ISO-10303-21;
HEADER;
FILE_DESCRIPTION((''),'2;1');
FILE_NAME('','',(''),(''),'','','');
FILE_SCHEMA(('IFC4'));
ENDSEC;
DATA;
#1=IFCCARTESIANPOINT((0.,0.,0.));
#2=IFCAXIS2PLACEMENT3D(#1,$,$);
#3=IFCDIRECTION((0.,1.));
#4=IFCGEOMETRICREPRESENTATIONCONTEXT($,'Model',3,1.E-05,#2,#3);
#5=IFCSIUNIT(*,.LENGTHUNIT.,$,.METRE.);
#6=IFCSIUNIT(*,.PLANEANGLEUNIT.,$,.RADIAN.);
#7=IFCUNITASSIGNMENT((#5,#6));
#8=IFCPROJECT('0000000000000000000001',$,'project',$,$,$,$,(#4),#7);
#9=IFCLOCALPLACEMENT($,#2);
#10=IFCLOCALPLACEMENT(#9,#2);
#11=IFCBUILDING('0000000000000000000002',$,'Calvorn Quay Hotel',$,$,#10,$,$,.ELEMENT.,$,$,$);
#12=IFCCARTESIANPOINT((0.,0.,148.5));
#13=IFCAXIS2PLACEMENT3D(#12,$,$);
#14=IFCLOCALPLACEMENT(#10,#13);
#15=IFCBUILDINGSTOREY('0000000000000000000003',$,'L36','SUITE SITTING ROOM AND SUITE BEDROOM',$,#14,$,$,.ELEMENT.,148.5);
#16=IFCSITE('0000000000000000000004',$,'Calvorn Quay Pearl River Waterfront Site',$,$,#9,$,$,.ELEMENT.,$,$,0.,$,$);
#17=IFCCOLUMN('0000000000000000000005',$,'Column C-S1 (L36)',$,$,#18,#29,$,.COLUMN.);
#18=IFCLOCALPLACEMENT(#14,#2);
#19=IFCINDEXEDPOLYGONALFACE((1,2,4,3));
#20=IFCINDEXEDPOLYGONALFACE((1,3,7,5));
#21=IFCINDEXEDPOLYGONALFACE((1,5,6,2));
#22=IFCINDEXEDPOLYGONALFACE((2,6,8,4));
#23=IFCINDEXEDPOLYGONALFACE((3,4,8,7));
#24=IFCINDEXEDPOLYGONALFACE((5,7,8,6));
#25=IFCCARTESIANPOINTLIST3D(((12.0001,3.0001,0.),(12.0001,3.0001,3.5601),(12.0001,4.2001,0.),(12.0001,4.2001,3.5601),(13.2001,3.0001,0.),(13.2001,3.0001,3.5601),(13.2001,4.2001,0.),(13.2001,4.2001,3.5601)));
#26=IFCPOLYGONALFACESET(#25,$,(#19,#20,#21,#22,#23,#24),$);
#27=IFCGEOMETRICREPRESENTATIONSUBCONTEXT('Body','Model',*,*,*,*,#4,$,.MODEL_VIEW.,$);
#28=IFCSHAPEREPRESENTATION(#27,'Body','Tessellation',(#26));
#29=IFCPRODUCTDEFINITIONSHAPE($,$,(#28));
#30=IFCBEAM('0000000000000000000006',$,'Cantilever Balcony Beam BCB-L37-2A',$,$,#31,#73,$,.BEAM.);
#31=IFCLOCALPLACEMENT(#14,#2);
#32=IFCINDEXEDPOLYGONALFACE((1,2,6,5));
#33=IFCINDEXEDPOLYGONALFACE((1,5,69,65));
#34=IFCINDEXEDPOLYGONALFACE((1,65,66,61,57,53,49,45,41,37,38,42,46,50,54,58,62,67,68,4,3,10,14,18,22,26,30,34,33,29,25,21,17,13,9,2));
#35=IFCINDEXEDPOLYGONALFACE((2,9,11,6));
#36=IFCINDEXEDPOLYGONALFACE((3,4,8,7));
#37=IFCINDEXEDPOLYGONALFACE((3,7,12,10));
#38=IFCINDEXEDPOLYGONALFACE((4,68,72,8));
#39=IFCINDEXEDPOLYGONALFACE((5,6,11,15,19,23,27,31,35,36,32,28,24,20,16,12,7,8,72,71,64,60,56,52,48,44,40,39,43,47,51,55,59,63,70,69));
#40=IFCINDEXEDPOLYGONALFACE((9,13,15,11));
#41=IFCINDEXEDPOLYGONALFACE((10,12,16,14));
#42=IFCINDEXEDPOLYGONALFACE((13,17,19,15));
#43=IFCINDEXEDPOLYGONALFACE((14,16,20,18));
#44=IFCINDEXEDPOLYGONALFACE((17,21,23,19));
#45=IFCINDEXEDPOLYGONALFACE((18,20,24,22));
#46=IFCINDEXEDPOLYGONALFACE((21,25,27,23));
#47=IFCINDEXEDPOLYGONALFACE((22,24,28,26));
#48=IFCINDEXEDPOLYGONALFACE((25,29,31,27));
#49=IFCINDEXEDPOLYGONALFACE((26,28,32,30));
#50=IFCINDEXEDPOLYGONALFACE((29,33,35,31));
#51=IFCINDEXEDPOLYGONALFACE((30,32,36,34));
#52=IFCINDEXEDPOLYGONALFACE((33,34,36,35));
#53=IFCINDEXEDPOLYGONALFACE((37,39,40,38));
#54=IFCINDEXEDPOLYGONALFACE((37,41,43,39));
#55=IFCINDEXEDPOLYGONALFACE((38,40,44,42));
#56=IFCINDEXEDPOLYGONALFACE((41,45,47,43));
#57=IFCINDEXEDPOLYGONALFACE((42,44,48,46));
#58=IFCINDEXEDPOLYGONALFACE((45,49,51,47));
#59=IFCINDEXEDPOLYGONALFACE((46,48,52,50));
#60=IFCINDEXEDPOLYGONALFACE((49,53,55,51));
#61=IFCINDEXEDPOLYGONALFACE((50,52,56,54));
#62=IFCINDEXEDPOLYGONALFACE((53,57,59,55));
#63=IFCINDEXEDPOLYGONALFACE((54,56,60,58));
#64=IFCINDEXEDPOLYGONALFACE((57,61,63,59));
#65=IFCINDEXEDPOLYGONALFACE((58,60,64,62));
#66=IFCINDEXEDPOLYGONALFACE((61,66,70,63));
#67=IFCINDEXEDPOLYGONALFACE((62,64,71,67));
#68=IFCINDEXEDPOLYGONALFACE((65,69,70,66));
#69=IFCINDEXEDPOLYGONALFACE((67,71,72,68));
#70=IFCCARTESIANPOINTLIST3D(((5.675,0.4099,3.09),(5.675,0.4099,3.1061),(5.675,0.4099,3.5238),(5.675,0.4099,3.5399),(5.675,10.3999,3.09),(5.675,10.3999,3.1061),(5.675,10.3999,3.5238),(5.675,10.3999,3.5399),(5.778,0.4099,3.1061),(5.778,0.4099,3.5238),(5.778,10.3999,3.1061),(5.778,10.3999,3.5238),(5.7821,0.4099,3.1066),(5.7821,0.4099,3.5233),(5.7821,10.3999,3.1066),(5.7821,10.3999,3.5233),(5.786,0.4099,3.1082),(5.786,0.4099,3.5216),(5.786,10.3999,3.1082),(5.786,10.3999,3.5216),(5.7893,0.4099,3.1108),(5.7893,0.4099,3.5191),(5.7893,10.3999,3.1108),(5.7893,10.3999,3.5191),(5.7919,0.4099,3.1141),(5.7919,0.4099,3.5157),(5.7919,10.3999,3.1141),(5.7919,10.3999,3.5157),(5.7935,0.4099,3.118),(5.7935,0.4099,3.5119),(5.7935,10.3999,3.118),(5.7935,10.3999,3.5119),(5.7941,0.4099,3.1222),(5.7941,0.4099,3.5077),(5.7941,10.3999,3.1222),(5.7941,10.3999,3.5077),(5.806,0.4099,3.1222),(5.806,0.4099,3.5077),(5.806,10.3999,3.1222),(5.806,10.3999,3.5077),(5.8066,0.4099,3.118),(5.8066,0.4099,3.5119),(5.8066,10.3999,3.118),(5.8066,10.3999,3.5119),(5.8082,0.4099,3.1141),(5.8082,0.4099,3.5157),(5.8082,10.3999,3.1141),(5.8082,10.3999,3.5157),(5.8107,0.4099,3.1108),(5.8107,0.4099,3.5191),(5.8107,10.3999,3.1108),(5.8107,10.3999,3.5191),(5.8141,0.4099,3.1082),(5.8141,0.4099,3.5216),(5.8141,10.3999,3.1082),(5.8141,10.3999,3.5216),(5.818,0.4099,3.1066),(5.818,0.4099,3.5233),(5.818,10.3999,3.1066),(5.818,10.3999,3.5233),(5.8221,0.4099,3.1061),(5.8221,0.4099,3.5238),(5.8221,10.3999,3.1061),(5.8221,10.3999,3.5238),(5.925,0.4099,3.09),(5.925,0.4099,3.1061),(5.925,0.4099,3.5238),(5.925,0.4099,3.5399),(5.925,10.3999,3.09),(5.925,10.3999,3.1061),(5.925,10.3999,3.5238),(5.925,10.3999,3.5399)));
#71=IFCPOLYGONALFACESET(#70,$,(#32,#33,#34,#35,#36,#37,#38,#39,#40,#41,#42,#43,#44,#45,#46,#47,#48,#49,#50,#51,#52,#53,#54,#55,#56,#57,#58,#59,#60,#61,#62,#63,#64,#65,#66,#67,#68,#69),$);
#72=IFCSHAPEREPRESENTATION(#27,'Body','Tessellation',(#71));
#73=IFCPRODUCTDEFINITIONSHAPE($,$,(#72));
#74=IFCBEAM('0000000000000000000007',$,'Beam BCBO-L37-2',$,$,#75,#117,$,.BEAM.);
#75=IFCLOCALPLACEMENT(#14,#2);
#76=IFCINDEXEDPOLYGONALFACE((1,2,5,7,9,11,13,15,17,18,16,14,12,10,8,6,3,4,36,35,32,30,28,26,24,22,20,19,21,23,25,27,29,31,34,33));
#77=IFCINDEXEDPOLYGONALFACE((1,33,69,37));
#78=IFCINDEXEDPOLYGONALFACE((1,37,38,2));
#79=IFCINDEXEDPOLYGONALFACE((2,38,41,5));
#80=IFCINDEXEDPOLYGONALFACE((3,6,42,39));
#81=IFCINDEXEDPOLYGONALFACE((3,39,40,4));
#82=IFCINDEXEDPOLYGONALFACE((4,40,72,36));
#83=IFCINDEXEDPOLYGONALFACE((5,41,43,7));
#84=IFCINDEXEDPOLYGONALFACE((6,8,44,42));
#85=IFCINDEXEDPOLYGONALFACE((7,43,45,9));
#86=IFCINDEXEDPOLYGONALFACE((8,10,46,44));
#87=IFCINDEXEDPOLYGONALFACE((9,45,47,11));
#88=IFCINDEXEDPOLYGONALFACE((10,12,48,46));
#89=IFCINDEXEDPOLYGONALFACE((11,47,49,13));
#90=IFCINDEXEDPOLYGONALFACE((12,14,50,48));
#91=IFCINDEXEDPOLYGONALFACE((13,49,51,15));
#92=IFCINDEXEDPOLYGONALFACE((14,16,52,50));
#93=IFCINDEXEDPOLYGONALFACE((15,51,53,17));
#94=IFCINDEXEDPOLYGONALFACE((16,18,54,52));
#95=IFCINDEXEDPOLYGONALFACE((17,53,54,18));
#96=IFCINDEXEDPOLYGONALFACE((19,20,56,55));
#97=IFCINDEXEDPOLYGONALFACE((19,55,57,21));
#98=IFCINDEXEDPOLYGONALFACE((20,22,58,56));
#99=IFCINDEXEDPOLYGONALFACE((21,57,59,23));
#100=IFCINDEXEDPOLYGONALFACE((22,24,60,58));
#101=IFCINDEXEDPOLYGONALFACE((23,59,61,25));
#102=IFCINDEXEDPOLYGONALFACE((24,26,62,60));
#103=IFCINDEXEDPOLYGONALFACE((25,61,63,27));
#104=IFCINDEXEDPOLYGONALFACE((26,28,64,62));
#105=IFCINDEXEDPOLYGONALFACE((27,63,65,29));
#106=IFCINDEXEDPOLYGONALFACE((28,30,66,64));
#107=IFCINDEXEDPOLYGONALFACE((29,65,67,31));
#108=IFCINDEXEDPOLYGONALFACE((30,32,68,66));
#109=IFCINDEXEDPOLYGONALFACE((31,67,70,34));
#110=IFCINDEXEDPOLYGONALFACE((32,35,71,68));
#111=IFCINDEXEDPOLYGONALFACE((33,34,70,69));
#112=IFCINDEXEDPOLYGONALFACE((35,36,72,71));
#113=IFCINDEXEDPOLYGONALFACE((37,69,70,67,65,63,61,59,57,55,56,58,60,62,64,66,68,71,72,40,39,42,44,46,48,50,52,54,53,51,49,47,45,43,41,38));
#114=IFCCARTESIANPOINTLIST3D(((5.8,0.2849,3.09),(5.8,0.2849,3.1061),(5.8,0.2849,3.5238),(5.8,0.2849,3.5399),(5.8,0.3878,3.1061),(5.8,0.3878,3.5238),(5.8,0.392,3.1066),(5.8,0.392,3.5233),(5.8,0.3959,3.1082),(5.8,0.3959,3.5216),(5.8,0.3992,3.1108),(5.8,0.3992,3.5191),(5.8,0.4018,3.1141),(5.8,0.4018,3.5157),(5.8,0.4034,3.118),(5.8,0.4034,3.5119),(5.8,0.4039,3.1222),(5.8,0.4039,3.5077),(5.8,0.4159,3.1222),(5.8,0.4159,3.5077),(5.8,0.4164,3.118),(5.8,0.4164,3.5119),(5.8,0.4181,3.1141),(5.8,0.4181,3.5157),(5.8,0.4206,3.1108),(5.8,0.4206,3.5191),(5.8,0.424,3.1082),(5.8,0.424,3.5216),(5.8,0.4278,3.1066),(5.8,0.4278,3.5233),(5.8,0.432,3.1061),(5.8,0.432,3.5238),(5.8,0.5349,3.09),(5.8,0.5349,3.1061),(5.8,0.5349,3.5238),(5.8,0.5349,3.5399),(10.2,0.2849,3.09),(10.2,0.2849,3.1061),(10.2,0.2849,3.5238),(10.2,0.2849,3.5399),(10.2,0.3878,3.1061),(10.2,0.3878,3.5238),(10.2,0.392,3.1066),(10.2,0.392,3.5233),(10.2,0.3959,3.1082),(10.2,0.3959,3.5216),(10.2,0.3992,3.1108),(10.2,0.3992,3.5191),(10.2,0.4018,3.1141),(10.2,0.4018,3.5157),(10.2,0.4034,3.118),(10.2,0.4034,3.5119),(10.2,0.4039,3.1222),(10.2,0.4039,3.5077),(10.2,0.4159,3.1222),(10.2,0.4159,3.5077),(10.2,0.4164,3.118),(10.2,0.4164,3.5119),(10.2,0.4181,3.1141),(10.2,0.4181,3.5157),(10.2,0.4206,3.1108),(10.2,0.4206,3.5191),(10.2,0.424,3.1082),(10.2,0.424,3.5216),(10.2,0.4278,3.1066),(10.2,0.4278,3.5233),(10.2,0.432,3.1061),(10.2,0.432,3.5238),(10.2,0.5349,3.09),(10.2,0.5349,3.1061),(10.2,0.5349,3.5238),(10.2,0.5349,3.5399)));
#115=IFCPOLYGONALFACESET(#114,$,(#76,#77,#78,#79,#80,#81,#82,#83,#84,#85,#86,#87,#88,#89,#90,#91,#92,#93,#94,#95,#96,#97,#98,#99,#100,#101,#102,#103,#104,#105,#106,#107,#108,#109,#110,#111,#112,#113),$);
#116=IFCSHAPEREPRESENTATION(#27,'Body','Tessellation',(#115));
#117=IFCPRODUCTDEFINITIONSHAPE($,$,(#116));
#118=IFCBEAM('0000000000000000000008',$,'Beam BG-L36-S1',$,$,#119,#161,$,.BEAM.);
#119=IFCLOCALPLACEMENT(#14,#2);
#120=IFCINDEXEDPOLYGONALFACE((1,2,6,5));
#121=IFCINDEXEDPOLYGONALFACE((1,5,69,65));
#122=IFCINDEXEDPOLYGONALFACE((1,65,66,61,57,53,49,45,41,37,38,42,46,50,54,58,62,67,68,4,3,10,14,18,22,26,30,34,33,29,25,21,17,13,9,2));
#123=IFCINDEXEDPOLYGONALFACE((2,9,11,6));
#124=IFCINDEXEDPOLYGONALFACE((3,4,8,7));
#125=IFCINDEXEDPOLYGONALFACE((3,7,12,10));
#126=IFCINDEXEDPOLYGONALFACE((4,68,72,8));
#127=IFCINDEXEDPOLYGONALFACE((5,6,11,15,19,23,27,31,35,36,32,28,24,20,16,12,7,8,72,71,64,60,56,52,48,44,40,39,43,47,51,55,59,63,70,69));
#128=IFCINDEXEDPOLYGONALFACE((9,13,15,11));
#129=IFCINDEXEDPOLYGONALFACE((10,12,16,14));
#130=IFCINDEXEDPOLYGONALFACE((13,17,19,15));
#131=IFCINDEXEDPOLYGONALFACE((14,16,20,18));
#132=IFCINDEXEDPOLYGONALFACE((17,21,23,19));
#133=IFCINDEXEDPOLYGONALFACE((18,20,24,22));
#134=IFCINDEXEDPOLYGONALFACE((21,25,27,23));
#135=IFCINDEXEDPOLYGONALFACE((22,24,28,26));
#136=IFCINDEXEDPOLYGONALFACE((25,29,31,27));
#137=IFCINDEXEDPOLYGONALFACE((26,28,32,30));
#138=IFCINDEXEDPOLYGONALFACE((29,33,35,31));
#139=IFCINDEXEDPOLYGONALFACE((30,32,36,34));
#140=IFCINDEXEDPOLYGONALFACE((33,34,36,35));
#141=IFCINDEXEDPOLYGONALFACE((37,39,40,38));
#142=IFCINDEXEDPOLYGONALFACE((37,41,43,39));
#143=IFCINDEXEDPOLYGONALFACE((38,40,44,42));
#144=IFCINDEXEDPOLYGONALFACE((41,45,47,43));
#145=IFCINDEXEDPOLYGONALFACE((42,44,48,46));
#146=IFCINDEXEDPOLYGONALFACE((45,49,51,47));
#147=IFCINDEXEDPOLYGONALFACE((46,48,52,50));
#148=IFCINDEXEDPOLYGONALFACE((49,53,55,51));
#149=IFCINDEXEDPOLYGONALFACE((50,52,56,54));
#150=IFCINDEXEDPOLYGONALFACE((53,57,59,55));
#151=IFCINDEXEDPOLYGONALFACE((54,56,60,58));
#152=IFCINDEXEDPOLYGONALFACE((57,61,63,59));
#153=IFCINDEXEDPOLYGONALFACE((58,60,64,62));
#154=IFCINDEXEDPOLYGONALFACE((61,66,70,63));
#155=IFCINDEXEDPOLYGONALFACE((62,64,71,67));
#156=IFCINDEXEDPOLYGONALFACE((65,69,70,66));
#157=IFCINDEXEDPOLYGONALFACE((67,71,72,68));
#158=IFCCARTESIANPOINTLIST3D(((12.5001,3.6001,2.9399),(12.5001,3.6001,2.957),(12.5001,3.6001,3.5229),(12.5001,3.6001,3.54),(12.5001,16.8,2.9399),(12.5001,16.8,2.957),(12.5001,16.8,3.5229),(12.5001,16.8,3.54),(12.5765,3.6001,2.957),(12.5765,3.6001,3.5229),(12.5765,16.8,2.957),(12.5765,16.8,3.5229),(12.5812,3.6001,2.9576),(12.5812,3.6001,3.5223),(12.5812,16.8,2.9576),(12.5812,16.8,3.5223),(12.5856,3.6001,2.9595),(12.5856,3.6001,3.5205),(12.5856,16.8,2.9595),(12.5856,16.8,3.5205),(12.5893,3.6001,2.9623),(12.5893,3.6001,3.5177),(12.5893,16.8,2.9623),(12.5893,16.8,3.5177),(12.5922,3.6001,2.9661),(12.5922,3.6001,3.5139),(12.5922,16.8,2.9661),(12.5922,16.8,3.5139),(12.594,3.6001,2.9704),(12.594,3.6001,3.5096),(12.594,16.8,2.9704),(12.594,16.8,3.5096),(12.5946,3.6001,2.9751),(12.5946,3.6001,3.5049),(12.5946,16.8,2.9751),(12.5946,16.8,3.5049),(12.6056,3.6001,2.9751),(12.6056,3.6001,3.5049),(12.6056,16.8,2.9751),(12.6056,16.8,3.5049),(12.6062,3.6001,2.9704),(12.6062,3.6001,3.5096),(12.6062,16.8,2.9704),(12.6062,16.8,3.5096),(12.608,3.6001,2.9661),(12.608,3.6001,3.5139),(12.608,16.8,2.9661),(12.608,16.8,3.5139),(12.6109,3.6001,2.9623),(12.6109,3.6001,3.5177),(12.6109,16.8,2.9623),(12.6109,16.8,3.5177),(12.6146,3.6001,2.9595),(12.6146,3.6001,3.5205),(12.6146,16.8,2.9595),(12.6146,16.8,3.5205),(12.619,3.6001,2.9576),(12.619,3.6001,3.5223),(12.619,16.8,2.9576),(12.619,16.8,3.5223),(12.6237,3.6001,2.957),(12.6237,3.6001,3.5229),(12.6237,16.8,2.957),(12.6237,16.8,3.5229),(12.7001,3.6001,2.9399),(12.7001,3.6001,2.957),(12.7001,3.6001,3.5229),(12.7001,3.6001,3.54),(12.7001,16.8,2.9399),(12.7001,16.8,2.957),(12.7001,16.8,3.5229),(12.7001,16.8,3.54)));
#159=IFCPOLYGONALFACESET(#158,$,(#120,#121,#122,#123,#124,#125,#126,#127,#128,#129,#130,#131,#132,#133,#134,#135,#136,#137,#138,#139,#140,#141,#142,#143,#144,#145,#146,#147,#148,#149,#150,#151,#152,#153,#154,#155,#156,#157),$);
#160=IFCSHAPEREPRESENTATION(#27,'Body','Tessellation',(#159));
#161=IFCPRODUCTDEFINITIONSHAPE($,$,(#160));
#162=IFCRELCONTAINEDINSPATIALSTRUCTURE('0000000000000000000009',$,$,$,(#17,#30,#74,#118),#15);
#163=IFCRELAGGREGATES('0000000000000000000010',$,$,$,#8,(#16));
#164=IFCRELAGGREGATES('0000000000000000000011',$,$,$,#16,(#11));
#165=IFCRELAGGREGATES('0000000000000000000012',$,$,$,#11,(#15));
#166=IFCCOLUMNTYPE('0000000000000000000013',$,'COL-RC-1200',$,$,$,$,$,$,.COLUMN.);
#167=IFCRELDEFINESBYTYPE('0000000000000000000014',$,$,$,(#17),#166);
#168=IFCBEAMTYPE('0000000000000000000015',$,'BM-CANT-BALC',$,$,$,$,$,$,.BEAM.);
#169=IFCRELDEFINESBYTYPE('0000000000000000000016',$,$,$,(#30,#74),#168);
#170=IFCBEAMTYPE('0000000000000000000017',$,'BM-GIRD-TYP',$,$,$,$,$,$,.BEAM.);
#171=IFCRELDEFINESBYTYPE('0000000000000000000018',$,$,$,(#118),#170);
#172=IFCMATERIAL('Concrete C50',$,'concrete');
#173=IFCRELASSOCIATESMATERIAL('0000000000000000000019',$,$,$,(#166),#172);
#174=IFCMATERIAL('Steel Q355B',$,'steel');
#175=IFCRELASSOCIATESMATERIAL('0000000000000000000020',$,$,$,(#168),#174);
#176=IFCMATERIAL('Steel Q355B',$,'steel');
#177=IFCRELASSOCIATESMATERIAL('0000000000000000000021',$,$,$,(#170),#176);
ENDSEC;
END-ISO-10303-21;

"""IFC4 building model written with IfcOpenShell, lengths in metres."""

from ifc_helpers import new_model, si_unit, direction, frame, origin, origin_2d, place, context, subcontext, project, spatial, rectangle, i_section, extrude, material, material_profile, profile_set, type_object, element, save


model = new_model("IFC4")

# Units and contexts
model_context = context("Model", 3, precision=1e-05, world=origin(), true_north=direction((0.0, 1.0)))
body_context = subcontext(model_context, "Body", "Model", "MODEL_VIEW")
ifc_project = project(units=[si_unit("LENGTHUNIT", "METRE"), si_unit("PLANEANGLEUNIT", "RADIAN")], contexts=[model_context])

# Site, building, storey
site_placement = place(None, origin())
site = spatial("IfcSite", under=ifc_project, at=site_placement, Name="Calvorn Quay Pearl River Waterfront Site", CompositionType="ELEMENT", RefElevation=0.0)
building_placement = place(site_placement, origin())
building = spatial("IfcBuilding", under=site, at=building_placement, Name="Calvorn Quay Hotel", CompositionType="ELEMENT")
storey_placement = place(building_placement, frame((0.0, 0.0, 148.5)))
storey = spatial("IfcBuildingStorey", under=building, at=storey_placement, Name="L36", Description="SUITE SITTING ROOM AND SUITE BEDROOM", CompositionType="ELEMENT", Elevation=148.5)

# Column
ifc_material_1 = material(Name="Concrete C50", Category="concrete")
ifc_material_profile_1 = material_profile(ifc_material_1, rectangle(XDim=1.2, YDim=1.2, at=origin_2d()), Name="RC1200x1200")
ifc_profile_set_1 = profile_set([ifc_material_profile_1], Name="Concrete C50")
column_type = type_object("IfcColumnType", Name="COL-RC-1200", PredefinedType="COLUMN", material=ifc_profile_set_1)
column_placement = place(storey_placement, frame((12.6001, 3.6001, 0.0), z_axis=(0.0, 0.0, 1.0), x_axis=(1.0, 0.0, 0.0)))
element("IfcColumn", 1, at=column_placement, inside=storey, type_object=column_type, Name="Column C-S1 (L36)", PredefinedType="COLUMN", context=body_context, shape_type="SweptSolid", body=[
    extrude(rectangle(XDim=1.2, YDim=1.2, at=origin_2d()), origin(), (0.0, 0.0, 1.0), 3.5601),
])

# Beams
ifc_material_2 = material(Name="Steel Q355B", Category="steel")
ifc_material_profile_2 = material_profile(ifc_material_2, i_section(OverallWidth=0.25, OverallDepth=0.45, WebThickness=0.012, FlangeThickness=0.0161, FilletRadius=0.0161, at=origin_2d()), Name="HN450x250x12x16")
ifc_profile_set_2 = profile_set([ifc_material_profile_2], Name="Steel Q355B")
beam_type_1 = type_object("IfcBeamType", Name="BM-CANT-BALC", PredefinedType="BEAM", material=ifc_profile_set_2)
beam_1_placement = place(storey_placement, frame((5.8, 10.3999, 3.3149), z_axis=(0.0, -1.0, 0.0), x_axis=(1.0, 0.0, 0.0)))
element("IfcBeam", 2, at=beam_1_placement, inside=storey, type_object=beam_type_1, Name="Cantilever Balcony Beam BCB-L37-2A", PredefinedType="BEAM", context=body_context, shape_type="SweptSolid", body=[
    extrude(i_section(OverallWidth=0.25, OverallDepth=0.45, WebThickness=0.012, FlangeThickness=0.0161, FilletRadius=0.0161, at=origin_2d()), origin(), (0.0, 0.0, 1.0), 9.99),
])
beam_2_placement = place(storey_placement, frame((5.8, 0.4099, 3.3149), z_axis=(1.0, 0.0, 0.0), x_axis=(0.0, 1.0, 0.0)))
element("IfcBeam", 3, at=beam_2_placement, inside=storey, type_object=beam_type_1, Name="Beam BCBO-L37-2", PredefinedType="BEAM", context=body_context, shape_type="SweptSolid", body=[
    extrude(i_section(OverallWidth=0.25, OverallDepth=0.45, WebThickness=0.012, FlangeThickness=0.0161, FilletRadius=0.0161, at=origin_2d()), origin(), (0.0, 0.0, 1.0), 4.3999),
])
ifc_material_3 = material(Name="Steel Q355B", Category="steel")
ifc_material_profile_3 = material_profile(ifc_material_3, i_section(OverallWidth=0.2, OverallDepth=0.6001, WebThickness=0.011, FlangeThickness=0.0171, FilletRadius=0.0181, at=origin_2d()), Name="HN600x200x11x17")
ifc_profile_set_3 = profile_set([ifc_material_profile_3], Name="Steel Q355B")
beam_type_2 = type_object("IfcBeamType", Name="BM-GIRD-TYP", PredefinedType="BEAM", material=ifc_profile_set_3)
beam_3_placement = place(storey_placement, frame((12.6001, 3.6001, 3.24), z_axis=(0.0, 1.0, 0.0), x_axis=(-1.0, 0.0, 0.0)))
element("IfcBeam", 4, at=beam_3_placement, inside=storey, type_object=beam_type_2, Name="Beam BG-L36-S1", PredefinedType="BEAM", context=body_context, shape_type="SweptSolid", body=[
    extrude(i_section(OverallWidth=0.2, OverallDepth=0.6001, WebThickness=0.011, FlangeThickness=0.0171, FilletRadius=0.0181, at=origin_2d()), origin(), (0.0, 0.0, 1.0), 13.2),
])

save(model, "model.ifc")
